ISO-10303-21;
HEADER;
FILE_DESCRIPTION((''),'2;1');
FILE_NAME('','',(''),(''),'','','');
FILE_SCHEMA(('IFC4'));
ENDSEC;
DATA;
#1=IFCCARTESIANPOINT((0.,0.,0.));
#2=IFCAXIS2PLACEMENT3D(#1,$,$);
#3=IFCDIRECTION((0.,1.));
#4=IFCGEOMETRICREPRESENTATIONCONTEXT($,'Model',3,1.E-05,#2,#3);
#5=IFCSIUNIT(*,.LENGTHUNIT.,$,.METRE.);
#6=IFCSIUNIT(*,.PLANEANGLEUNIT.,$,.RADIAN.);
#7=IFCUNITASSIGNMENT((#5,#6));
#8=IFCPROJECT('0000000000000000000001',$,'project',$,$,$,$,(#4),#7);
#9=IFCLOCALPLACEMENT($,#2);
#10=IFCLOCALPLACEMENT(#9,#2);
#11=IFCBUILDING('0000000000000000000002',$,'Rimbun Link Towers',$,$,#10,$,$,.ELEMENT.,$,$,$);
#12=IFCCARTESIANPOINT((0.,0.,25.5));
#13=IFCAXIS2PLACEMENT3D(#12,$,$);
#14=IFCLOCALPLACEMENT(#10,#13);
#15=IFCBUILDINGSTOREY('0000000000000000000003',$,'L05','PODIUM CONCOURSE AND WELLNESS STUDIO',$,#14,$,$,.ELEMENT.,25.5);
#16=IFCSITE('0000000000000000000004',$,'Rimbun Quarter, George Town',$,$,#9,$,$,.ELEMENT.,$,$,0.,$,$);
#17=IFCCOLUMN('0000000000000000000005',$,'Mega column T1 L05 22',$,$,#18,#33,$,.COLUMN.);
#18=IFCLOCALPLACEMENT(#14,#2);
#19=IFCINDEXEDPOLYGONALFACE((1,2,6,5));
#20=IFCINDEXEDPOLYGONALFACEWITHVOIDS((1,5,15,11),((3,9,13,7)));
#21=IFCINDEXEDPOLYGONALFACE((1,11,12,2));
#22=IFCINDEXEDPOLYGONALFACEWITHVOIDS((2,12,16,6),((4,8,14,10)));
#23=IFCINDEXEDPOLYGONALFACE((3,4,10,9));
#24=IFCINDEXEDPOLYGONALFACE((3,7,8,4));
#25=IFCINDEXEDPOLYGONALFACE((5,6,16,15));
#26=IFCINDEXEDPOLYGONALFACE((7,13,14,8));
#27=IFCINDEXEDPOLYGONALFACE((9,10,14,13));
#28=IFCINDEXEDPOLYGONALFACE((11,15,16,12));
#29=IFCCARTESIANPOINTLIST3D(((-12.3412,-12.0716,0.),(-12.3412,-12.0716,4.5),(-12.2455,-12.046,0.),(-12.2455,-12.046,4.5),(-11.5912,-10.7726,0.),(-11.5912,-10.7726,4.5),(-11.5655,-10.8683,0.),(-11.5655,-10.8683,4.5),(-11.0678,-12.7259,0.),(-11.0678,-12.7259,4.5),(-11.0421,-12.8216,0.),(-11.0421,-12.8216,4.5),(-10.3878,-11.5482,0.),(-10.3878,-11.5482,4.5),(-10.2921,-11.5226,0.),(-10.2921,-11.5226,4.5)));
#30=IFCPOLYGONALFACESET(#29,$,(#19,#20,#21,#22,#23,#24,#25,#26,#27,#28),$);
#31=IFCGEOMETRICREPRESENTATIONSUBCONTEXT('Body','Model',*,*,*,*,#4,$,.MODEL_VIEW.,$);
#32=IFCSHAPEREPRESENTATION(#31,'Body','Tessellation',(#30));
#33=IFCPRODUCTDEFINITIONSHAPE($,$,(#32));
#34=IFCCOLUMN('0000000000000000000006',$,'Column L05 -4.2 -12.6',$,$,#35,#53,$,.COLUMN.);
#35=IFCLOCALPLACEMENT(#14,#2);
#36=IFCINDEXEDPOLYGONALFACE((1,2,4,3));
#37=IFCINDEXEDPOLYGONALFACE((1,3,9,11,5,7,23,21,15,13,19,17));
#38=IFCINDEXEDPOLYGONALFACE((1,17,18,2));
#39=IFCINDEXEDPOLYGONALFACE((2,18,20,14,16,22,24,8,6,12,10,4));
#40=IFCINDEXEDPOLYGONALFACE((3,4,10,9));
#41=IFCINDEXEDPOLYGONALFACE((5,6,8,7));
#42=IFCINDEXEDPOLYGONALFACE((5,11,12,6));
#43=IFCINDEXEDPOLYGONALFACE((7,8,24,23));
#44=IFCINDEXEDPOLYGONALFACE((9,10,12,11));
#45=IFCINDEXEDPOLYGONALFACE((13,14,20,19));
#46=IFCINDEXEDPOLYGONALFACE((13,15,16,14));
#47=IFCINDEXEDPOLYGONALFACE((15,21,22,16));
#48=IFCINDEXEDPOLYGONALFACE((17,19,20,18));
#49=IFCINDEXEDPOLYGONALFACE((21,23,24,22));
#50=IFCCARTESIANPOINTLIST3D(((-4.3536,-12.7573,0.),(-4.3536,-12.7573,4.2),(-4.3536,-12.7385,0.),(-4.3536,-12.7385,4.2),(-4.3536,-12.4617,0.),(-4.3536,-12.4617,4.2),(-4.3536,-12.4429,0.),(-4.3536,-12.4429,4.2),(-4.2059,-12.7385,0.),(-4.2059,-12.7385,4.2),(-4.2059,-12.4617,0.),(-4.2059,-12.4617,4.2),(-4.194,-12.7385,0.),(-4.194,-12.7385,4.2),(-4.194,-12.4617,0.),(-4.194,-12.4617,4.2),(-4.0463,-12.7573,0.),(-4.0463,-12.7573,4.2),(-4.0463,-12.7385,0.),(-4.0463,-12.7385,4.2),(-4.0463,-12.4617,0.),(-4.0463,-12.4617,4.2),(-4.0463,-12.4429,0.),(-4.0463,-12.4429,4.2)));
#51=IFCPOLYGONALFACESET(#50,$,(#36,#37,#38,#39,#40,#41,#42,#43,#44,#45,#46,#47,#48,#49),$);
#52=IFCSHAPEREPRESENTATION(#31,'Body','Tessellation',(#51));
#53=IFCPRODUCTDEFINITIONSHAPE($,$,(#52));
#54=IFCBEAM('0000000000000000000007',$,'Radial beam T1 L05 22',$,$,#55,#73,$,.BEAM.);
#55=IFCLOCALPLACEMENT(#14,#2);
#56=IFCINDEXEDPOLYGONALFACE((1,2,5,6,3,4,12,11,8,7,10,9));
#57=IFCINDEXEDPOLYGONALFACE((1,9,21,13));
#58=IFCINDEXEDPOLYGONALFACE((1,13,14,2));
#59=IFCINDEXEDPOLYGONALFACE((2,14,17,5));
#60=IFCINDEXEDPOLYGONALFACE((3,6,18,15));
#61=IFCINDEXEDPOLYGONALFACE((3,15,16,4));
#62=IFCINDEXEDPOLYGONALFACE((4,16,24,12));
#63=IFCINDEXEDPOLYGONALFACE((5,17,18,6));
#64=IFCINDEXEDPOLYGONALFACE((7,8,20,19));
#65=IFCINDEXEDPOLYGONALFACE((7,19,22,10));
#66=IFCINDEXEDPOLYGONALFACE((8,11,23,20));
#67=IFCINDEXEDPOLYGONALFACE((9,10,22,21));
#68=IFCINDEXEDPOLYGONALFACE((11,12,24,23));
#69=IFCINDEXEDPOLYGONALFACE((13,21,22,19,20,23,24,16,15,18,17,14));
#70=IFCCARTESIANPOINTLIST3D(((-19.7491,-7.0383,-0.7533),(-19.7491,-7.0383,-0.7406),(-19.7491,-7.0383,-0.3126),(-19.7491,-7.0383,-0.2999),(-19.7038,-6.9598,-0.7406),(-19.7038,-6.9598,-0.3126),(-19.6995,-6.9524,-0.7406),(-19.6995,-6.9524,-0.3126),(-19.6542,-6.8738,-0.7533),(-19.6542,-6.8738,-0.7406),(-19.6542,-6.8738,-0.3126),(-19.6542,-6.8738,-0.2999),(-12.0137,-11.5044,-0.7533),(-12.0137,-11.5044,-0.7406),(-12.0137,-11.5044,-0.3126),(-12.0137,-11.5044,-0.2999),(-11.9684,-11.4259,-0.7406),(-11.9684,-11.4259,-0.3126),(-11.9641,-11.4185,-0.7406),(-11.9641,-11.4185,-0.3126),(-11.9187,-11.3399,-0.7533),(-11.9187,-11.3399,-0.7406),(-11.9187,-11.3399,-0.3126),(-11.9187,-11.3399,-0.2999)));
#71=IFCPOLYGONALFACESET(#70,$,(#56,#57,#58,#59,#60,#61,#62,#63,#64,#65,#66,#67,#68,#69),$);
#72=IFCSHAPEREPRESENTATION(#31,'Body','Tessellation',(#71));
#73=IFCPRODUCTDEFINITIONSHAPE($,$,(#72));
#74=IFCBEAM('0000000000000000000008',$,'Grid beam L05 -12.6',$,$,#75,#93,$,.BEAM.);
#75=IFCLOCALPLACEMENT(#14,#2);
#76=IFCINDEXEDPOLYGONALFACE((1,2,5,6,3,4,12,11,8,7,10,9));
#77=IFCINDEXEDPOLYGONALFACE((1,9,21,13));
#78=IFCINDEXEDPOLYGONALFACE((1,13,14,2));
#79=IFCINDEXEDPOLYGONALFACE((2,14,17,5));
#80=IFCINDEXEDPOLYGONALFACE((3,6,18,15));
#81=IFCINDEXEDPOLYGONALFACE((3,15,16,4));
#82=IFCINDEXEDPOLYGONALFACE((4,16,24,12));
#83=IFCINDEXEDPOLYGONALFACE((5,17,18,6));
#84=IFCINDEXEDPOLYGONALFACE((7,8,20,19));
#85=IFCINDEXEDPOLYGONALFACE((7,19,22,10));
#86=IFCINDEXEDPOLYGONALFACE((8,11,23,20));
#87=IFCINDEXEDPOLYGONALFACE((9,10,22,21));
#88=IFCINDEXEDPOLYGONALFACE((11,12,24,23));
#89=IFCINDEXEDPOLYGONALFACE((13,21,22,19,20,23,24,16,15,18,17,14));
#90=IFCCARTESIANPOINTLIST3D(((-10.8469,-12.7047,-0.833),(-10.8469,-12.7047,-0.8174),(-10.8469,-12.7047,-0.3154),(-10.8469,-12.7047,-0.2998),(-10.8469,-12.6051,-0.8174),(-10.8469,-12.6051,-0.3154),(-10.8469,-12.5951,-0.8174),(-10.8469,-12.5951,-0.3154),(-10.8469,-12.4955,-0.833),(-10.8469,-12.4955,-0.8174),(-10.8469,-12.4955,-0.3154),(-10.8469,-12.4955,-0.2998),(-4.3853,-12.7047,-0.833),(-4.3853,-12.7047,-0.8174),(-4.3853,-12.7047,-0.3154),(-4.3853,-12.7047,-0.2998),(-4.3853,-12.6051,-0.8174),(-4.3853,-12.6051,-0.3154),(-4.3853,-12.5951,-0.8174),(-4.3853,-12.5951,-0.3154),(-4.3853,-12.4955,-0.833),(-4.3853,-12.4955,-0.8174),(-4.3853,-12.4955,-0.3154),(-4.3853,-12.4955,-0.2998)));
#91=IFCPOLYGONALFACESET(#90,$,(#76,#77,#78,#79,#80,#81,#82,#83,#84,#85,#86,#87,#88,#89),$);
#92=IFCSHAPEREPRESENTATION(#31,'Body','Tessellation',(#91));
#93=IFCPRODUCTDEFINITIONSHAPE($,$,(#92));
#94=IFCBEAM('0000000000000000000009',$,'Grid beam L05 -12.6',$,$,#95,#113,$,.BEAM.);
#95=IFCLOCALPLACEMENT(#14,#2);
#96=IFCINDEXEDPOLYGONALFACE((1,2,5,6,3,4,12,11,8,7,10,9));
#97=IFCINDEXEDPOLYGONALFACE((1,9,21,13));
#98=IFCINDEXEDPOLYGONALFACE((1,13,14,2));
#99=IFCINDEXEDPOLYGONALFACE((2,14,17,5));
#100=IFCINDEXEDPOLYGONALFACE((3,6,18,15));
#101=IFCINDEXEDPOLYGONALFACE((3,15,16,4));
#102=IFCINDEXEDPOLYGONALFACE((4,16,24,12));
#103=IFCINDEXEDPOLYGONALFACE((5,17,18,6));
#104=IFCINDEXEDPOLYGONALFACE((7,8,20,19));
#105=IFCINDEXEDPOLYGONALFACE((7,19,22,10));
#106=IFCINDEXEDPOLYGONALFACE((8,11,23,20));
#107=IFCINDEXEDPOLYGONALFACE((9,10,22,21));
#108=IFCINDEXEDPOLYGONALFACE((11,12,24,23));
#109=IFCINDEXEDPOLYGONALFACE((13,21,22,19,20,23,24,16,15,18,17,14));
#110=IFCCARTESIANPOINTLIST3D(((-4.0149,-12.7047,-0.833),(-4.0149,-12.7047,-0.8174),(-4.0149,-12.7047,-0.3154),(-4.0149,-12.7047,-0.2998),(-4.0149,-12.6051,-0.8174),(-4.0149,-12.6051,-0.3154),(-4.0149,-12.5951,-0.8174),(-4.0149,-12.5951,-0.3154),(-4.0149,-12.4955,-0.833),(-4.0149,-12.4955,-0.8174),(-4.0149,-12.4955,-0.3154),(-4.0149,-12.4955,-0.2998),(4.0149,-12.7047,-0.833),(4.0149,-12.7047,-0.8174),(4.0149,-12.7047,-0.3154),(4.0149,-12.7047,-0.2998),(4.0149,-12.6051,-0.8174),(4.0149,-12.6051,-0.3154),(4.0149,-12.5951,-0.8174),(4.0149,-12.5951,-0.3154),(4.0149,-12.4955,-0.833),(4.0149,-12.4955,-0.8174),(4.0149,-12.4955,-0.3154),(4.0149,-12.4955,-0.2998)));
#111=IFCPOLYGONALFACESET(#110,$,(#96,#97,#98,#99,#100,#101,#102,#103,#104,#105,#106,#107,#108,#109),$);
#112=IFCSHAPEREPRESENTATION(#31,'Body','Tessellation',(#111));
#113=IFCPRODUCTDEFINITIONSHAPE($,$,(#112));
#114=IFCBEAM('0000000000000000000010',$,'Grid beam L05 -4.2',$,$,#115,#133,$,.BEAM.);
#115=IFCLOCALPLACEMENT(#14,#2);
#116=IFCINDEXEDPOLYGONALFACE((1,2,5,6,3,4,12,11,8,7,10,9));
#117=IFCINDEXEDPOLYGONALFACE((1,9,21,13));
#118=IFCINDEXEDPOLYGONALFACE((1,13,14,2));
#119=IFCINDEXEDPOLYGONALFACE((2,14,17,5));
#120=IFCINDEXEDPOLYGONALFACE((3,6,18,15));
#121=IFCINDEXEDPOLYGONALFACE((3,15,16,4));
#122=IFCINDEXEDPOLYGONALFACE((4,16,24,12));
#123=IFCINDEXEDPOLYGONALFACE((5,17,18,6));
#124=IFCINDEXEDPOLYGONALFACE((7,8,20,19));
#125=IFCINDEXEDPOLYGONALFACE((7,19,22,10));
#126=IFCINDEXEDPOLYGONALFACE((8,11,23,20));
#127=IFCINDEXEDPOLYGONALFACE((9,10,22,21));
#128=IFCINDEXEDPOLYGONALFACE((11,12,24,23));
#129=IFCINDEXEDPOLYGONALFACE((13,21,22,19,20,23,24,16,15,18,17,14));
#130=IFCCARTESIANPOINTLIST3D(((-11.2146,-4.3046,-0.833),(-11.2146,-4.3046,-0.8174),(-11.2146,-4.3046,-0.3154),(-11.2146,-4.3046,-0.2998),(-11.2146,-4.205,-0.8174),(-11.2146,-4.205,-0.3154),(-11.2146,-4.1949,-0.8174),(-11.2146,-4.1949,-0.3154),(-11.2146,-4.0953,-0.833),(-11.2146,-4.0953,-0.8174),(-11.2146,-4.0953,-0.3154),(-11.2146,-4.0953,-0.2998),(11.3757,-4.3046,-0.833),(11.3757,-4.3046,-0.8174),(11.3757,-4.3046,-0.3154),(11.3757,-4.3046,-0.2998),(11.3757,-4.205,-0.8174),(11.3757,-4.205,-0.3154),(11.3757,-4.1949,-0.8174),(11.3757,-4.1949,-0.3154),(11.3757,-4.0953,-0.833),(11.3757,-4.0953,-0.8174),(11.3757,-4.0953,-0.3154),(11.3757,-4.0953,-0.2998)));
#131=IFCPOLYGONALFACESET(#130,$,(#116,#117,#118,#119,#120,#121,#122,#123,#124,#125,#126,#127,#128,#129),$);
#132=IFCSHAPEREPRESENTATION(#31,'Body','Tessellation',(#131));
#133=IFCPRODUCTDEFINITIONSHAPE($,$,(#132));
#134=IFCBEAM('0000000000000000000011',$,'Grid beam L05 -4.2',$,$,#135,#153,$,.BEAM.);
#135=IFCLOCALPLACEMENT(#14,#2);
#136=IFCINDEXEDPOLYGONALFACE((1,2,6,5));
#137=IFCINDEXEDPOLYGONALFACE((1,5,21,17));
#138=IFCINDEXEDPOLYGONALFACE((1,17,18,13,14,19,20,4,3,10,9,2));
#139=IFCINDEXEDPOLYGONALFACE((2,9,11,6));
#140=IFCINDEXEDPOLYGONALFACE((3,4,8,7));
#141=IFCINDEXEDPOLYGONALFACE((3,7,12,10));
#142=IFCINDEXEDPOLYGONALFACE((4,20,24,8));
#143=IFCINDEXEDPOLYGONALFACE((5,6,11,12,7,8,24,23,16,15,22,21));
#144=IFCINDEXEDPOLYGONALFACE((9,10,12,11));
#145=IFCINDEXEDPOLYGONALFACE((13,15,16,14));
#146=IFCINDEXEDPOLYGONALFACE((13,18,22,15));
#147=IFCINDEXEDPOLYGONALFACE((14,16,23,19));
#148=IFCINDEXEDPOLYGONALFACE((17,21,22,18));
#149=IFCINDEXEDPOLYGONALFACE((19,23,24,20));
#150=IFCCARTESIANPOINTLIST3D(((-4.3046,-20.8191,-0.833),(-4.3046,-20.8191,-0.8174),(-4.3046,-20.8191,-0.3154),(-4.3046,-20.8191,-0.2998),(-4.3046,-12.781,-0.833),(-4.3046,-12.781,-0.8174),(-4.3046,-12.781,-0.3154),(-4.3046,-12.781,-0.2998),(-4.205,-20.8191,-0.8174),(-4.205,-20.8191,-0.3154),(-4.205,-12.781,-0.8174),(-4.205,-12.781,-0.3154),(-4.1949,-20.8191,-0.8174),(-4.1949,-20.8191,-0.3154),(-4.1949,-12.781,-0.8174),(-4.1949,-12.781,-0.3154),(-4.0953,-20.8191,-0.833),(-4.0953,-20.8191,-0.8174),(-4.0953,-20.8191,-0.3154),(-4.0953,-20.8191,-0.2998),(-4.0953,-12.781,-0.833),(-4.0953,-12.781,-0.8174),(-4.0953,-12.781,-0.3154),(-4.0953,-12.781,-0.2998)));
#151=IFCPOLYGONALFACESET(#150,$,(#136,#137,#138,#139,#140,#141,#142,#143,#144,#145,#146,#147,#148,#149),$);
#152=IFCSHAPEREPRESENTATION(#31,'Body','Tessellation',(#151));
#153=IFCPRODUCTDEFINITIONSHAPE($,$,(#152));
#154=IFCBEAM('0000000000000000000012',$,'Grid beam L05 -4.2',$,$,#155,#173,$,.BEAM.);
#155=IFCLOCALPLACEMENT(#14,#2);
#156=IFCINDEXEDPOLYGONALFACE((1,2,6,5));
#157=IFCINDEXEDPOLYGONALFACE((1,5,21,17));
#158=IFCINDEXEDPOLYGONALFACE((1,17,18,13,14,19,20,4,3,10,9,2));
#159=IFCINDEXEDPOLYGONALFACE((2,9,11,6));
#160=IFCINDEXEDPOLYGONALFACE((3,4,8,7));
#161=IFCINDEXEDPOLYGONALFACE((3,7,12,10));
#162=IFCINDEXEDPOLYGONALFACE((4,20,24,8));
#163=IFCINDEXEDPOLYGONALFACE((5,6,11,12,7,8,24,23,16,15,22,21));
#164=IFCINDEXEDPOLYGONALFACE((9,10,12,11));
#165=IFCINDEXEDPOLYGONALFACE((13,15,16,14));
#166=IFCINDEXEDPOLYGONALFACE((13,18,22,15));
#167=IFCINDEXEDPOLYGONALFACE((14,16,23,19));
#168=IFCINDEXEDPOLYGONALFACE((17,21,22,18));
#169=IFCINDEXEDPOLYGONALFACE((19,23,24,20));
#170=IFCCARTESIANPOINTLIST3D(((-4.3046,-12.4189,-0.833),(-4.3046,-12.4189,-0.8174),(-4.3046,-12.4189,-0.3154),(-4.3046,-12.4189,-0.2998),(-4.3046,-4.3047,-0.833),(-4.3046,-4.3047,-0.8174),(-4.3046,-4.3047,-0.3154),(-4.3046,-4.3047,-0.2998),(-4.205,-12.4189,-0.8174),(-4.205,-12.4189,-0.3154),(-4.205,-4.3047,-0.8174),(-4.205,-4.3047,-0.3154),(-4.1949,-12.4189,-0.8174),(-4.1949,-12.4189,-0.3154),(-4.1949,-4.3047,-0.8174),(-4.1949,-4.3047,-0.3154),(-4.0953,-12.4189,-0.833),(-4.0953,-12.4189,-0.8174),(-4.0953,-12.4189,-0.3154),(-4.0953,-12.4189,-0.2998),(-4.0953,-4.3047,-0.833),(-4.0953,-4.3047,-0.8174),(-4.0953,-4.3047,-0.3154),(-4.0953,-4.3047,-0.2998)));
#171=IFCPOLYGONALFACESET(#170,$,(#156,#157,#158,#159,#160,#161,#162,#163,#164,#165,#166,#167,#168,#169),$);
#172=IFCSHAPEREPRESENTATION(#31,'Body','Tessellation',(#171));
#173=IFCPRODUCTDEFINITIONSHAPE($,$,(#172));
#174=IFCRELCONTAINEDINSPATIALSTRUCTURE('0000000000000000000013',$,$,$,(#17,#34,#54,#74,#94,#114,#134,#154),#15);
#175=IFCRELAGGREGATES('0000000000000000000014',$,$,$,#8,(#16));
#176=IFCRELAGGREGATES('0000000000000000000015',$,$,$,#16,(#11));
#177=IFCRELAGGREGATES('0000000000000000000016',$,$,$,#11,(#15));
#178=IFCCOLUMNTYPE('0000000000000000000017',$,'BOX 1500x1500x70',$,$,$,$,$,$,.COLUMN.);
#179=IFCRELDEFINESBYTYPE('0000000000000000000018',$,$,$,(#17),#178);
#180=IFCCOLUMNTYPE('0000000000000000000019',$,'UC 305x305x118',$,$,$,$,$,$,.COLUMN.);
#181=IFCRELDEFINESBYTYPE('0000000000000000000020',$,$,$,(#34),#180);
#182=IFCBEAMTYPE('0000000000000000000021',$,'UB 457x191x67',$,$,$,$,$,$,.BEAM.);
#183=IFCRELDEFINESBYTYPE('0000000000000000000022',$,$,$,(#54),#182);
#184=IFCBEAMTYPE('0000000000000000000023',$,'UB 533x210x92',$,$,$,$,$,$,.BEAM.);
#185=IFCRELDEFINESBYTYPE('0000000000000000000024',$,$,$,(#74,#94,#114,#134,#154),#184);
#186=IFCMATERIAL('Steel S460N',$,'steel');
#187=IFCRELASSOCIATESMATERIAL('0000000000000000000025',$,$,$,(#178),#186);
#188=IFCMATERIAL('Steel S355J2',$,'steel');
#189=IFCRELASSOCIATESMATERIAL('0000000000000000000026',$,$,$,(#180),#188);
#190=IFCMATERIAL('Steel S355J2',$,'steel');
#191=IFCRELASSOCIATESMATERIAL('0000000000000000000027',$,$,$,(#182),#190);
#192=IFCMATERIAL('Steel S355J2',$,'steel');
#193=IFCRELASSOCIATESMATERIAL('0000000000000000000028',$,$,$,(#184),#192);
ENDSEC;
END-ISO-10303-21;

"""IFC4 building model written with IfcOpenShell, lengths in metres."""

from ifc_helpers import new_model, si_unit, direction, frame, origin, origin_2d, place, context, subcontext, project, spatial, hollow_rectangle, i_section, extrude, material, material_profile, profile_set, type_object, element, save


model = new_model("IFC4")

# Units and contexts
model_context = context("Model", 3, precision=1e-05, world=origin(), true_north=direction((0.0, 1.0)))
body_context = subcontext(model_context, "Body", "Model", "MODEL_VIEW")
ifc_project = project(units=[si_unit("LENGTHUNIT", "METRE"), si_unit("PLANEANGLEUNIT", "RADIAN")], contexts=[model_context])

# Site, building, storey
site_placement = place(None, origin())
site = spatial("IfcSite", under=ifc_project, at=site_placement, Name="Rimbun Quarter, George Town", CompositionType="ELEMENT", RefElevation=0.0)
building_placement = place(site_placement, origin())
building = spatial("IfcBuilding", under=site, at=building_placement, Name="Rimbun Link Towers", CompositionType="ELEMENT")
storey_placement = place(building_placement, frame((0.0, 0.0, 25.5)))
storey = spatial("IfcBuildingStorey", under=building, at=storey_placement, Name="L05", Description="PODIUM CONCOURSE AND WELLNESS STUDIO", CompositionType="ELEMENT", Elevation=25.5)

# Columns
ifc_material_1 = material(Name="Steel S460N", Category="steel")
ifc_material_profile_1 = material_profile(ifc_material_1, hollow_rectangle(XDim=1.5, YDim=1.5, WallThickness=0.0701, at=origin_2d()), Name="BOX 1500x1500x70")
ifc_profile_set_1 = profile_set([ifc_material_profile_1], Name="Steel S460N")
column_type_1 = type_object("IfcColumnType", Name="BOX 1500x1500x70", PredefinedType="COLUMN", material=ifc_profile_set_1)
column_1_placement = place(storey_placement, frame((-11.3167, -11.7971, 0.0), z_axis=(0.0, 0.0, 1.0), x_axis=(0.866025, -0.5, 0.0)))
element("IfcColumn", 1, at=column_1_placement, inside=storey, type_object=column_type_1, Name="Mega column T1 L05 22", PredefinedType="COLUMN", context=body_context, shape_type="SweptSolid", body=[
    extrude(hollow_rectangle(XDim=1.5, YDim=1.5, WallThickness=0.0701, at=origin_2d()), origin(), (0.0, 0.0, 1.0), 4.5),
])
ifc_material_2 = material(Name="Steel S355J2", Category="steel")
ifc_material_profile_2 = material_profile(ifc_material_2, i_section(OverallWidth=0.3074, OverallDepth=0.3145, WebThickness=0.012, FlangeThickness=0.0188, at=origin_2d()), Name="UC 305x305x118")
ifc_profile_set_2 = profile_set([ifc_material_profile_2], Name="Steel S355J2")
column_type_2 = type_object("IfcColumnType", Name="UC 305x305x118", PredefinedType="COLUMN", material=ifc_profile_set_2)
column_2_placement = place(storey_placement, frame((-4.2, -12.6001, 0.0), z_axis=(0.0, 0.0, 1.0), x_axis=(1.0, 0.0, 0.0)))
element("IfcColumn", 2, at=column_2_placement, inside=storey, type_object=column_type_2, Name="Column L05 -4.2 -12.6", PredefinedType="COLUMN", context=body_context, shape_type="SweptSolid", body=[
    extrude(i_section(OverallWidth=0.3074, OverallDepth=0.3145, WebThickness=0.012, FlangeThickness=0.0188, at=origin_2d()), origin(), (0.0, 0.0, 1.0), 4.2),
])

# Beams
ifc_material_3 = material(Name="Steel S355J2", Category="steel")
ifc_material_profile_3 = material_profile(ifc_material_3, i_section(OverallWidth=0.1899, OverallDepth=0.4534, WebThickness=0.0085, FlangeThickness=0.0127, at=origin_2d()), Name="UB 457x191x67")
ifc_profile_set_3 = profile_set([ifc_material_profile_3], Name="Steel S355J2")
beam_type_1 = type_object("IfcBeamType", Name="UB 457x191x67", PredefinedType="BEAM", material=ifc_profile_set_3)
beam_1_placement = place(storey_placement, frame((-19.7017, -6.9561, -0.5266), z_axis=(0.866023, -0.500005, 0.0), x_axis=(0.500005, 0.866023, 0.0)))
element("IfcBeam", 3, at=beam_1_placement, inside=storey, type_object=beam_type_1, Name="Radial beam T1 L05 22", PredefinedType="BEAM", context=body_context, shape_type="SweptSolid", body=[
    extrude(i_section(OverallWidth=0.1899, OverallDepth=0.4534, WebThickness=0.0085, FlangeThickness=0.0127, at=origin_2d()), origin(), (0.0, 0.0, 1.0), 8.9321),
])
ifc_material_4 = material(Name="Steel S355J2", Category="steel")
ifc_material_profile_4 = material_profile(ifc_material_4, i_section(OverallWidth=0.2092, OverallDepth=0.5332, WebThickness=0.01, FlangeThickness=0.0156, at=origin_2d()), Name="UB 533x210x92")
ifc_profile_set_4 = profile_set([ifc_material_profile_4], Name="Steel S355J2")
beam_type_2 = type_object("IfcBeamType", Name="UB 533x210x92", PredefinedType="BEAM", material=ifc_profile_set_4)
beam_2_placement = place(storey_placement, frame((-10.8469, -12.6001, -0.5664), z_axis=(1.0, 0.0, 0.0), x_axis=(0.0, 1.0, 0.0)))
element("IfcBeam", 4, at=beam_2_placement, inside=storey, type_object=beam_type_2, Name="Grid beam L05 -12.6", PredefinedType="BEAM", context=body_context, shape_type="SweptSolid", body=[
    extrude(i_section(OverallWidth=0.2092, OverallDepth=0.5332, WebThickness=0.01, FlangeThickness=0.0156, at=origin_2d()), origin(), (0.0, 0.0, 1.0), 6.4617),
])
beam_3_placement = place(storey_placement, frame((-4.0149, -12.6001, -0.5664), z_axis=(1.0, 0.0, 0.0), x_axis=(0.0, 1.0, 0.0)))
element("IfcBeam", 5, at=beam_3_placement, inside=storey, type_object=beam_type_2, Name="Grid beam L05 -12.6", PredefinedType="BEAM", context=body_context, shape_type="SweptSolid", body=[
    extrude(i_section(OverallWidth=0.2092, OverallDepth=0.5332, WebThickness=0.01, FlangeThickness=0.0156, at=origin_2d()), origin(), (0.0, 0.0, 1.0), 8.0298),
])
beam_4_placement = place(storey_placement, frame((-11.2146, -4.2, -0.5664), z_axis=(1.0, 0.0, 0.0), x_axis=(0.0, 1.0, 0.0)))
element("IfcBeam", 6, at=beam_4_placement, inside=storey, type_object=beam_type_2, Name="Grid beam L05 -4.2", PredefinedType="BEAM", context=body_context, shape_type="SweptSolid", body=[
    extrude(i_section(OverallWidth=0.2092, OverallDepth=0.5332, WebThickness=0.01, FlangeThickness=0.0156, at=origin_2d()), origin(), (0.0, 0.0, 1.0), 22.5903),
])
beam_5_placement = place(storey_placement, frame((-4.2, -20.8191, -0.5664), z_axis=(0.0, 1.0, 0.0), x_axis=(-1.0, 0.0, 0.0)))
element("IfcBeam", 7, at=beam_5_placement, inside=storey, type_object=beam_type_2, Name="Grid beam L05 -4.2", PredefinedType="BEAM", context=body_context, shape_type="SweptSolid", body=[
    extrude(i_section(OverallWidth=0.2092, OverallDepth=0.5332, WebThickness=0.01, FlangeThickness=0.0156, at=origin_2d()), origin(), (0.0, 0.0, 1.0), 8.0381),
])
beam_6_placement = place(storey_placement, frame((-4.2, -12.4189, -0.5664), z_axis=(0.0, 1.0, 0.0), x_axis=(-1.0, 0.0, 0.0)))
element("IfcBeam", 8, at=beam_6_placement, inside=storey, type_object=beam_type_2, Name="Grid beam L05 -4.2", PredefinedType="BEAM", context=body_context, shape_type="SweptSolid", body=[
    extrude(i_section(OverallWidth=0.2092, OverallDepth=0.5332, WebThickness=0.01, FlangeThickness=0.0156, at=origin_2d()), origin(), (0.0, 0.0, 1.0), 8.1143),
])

save(model, "model.ifc")
